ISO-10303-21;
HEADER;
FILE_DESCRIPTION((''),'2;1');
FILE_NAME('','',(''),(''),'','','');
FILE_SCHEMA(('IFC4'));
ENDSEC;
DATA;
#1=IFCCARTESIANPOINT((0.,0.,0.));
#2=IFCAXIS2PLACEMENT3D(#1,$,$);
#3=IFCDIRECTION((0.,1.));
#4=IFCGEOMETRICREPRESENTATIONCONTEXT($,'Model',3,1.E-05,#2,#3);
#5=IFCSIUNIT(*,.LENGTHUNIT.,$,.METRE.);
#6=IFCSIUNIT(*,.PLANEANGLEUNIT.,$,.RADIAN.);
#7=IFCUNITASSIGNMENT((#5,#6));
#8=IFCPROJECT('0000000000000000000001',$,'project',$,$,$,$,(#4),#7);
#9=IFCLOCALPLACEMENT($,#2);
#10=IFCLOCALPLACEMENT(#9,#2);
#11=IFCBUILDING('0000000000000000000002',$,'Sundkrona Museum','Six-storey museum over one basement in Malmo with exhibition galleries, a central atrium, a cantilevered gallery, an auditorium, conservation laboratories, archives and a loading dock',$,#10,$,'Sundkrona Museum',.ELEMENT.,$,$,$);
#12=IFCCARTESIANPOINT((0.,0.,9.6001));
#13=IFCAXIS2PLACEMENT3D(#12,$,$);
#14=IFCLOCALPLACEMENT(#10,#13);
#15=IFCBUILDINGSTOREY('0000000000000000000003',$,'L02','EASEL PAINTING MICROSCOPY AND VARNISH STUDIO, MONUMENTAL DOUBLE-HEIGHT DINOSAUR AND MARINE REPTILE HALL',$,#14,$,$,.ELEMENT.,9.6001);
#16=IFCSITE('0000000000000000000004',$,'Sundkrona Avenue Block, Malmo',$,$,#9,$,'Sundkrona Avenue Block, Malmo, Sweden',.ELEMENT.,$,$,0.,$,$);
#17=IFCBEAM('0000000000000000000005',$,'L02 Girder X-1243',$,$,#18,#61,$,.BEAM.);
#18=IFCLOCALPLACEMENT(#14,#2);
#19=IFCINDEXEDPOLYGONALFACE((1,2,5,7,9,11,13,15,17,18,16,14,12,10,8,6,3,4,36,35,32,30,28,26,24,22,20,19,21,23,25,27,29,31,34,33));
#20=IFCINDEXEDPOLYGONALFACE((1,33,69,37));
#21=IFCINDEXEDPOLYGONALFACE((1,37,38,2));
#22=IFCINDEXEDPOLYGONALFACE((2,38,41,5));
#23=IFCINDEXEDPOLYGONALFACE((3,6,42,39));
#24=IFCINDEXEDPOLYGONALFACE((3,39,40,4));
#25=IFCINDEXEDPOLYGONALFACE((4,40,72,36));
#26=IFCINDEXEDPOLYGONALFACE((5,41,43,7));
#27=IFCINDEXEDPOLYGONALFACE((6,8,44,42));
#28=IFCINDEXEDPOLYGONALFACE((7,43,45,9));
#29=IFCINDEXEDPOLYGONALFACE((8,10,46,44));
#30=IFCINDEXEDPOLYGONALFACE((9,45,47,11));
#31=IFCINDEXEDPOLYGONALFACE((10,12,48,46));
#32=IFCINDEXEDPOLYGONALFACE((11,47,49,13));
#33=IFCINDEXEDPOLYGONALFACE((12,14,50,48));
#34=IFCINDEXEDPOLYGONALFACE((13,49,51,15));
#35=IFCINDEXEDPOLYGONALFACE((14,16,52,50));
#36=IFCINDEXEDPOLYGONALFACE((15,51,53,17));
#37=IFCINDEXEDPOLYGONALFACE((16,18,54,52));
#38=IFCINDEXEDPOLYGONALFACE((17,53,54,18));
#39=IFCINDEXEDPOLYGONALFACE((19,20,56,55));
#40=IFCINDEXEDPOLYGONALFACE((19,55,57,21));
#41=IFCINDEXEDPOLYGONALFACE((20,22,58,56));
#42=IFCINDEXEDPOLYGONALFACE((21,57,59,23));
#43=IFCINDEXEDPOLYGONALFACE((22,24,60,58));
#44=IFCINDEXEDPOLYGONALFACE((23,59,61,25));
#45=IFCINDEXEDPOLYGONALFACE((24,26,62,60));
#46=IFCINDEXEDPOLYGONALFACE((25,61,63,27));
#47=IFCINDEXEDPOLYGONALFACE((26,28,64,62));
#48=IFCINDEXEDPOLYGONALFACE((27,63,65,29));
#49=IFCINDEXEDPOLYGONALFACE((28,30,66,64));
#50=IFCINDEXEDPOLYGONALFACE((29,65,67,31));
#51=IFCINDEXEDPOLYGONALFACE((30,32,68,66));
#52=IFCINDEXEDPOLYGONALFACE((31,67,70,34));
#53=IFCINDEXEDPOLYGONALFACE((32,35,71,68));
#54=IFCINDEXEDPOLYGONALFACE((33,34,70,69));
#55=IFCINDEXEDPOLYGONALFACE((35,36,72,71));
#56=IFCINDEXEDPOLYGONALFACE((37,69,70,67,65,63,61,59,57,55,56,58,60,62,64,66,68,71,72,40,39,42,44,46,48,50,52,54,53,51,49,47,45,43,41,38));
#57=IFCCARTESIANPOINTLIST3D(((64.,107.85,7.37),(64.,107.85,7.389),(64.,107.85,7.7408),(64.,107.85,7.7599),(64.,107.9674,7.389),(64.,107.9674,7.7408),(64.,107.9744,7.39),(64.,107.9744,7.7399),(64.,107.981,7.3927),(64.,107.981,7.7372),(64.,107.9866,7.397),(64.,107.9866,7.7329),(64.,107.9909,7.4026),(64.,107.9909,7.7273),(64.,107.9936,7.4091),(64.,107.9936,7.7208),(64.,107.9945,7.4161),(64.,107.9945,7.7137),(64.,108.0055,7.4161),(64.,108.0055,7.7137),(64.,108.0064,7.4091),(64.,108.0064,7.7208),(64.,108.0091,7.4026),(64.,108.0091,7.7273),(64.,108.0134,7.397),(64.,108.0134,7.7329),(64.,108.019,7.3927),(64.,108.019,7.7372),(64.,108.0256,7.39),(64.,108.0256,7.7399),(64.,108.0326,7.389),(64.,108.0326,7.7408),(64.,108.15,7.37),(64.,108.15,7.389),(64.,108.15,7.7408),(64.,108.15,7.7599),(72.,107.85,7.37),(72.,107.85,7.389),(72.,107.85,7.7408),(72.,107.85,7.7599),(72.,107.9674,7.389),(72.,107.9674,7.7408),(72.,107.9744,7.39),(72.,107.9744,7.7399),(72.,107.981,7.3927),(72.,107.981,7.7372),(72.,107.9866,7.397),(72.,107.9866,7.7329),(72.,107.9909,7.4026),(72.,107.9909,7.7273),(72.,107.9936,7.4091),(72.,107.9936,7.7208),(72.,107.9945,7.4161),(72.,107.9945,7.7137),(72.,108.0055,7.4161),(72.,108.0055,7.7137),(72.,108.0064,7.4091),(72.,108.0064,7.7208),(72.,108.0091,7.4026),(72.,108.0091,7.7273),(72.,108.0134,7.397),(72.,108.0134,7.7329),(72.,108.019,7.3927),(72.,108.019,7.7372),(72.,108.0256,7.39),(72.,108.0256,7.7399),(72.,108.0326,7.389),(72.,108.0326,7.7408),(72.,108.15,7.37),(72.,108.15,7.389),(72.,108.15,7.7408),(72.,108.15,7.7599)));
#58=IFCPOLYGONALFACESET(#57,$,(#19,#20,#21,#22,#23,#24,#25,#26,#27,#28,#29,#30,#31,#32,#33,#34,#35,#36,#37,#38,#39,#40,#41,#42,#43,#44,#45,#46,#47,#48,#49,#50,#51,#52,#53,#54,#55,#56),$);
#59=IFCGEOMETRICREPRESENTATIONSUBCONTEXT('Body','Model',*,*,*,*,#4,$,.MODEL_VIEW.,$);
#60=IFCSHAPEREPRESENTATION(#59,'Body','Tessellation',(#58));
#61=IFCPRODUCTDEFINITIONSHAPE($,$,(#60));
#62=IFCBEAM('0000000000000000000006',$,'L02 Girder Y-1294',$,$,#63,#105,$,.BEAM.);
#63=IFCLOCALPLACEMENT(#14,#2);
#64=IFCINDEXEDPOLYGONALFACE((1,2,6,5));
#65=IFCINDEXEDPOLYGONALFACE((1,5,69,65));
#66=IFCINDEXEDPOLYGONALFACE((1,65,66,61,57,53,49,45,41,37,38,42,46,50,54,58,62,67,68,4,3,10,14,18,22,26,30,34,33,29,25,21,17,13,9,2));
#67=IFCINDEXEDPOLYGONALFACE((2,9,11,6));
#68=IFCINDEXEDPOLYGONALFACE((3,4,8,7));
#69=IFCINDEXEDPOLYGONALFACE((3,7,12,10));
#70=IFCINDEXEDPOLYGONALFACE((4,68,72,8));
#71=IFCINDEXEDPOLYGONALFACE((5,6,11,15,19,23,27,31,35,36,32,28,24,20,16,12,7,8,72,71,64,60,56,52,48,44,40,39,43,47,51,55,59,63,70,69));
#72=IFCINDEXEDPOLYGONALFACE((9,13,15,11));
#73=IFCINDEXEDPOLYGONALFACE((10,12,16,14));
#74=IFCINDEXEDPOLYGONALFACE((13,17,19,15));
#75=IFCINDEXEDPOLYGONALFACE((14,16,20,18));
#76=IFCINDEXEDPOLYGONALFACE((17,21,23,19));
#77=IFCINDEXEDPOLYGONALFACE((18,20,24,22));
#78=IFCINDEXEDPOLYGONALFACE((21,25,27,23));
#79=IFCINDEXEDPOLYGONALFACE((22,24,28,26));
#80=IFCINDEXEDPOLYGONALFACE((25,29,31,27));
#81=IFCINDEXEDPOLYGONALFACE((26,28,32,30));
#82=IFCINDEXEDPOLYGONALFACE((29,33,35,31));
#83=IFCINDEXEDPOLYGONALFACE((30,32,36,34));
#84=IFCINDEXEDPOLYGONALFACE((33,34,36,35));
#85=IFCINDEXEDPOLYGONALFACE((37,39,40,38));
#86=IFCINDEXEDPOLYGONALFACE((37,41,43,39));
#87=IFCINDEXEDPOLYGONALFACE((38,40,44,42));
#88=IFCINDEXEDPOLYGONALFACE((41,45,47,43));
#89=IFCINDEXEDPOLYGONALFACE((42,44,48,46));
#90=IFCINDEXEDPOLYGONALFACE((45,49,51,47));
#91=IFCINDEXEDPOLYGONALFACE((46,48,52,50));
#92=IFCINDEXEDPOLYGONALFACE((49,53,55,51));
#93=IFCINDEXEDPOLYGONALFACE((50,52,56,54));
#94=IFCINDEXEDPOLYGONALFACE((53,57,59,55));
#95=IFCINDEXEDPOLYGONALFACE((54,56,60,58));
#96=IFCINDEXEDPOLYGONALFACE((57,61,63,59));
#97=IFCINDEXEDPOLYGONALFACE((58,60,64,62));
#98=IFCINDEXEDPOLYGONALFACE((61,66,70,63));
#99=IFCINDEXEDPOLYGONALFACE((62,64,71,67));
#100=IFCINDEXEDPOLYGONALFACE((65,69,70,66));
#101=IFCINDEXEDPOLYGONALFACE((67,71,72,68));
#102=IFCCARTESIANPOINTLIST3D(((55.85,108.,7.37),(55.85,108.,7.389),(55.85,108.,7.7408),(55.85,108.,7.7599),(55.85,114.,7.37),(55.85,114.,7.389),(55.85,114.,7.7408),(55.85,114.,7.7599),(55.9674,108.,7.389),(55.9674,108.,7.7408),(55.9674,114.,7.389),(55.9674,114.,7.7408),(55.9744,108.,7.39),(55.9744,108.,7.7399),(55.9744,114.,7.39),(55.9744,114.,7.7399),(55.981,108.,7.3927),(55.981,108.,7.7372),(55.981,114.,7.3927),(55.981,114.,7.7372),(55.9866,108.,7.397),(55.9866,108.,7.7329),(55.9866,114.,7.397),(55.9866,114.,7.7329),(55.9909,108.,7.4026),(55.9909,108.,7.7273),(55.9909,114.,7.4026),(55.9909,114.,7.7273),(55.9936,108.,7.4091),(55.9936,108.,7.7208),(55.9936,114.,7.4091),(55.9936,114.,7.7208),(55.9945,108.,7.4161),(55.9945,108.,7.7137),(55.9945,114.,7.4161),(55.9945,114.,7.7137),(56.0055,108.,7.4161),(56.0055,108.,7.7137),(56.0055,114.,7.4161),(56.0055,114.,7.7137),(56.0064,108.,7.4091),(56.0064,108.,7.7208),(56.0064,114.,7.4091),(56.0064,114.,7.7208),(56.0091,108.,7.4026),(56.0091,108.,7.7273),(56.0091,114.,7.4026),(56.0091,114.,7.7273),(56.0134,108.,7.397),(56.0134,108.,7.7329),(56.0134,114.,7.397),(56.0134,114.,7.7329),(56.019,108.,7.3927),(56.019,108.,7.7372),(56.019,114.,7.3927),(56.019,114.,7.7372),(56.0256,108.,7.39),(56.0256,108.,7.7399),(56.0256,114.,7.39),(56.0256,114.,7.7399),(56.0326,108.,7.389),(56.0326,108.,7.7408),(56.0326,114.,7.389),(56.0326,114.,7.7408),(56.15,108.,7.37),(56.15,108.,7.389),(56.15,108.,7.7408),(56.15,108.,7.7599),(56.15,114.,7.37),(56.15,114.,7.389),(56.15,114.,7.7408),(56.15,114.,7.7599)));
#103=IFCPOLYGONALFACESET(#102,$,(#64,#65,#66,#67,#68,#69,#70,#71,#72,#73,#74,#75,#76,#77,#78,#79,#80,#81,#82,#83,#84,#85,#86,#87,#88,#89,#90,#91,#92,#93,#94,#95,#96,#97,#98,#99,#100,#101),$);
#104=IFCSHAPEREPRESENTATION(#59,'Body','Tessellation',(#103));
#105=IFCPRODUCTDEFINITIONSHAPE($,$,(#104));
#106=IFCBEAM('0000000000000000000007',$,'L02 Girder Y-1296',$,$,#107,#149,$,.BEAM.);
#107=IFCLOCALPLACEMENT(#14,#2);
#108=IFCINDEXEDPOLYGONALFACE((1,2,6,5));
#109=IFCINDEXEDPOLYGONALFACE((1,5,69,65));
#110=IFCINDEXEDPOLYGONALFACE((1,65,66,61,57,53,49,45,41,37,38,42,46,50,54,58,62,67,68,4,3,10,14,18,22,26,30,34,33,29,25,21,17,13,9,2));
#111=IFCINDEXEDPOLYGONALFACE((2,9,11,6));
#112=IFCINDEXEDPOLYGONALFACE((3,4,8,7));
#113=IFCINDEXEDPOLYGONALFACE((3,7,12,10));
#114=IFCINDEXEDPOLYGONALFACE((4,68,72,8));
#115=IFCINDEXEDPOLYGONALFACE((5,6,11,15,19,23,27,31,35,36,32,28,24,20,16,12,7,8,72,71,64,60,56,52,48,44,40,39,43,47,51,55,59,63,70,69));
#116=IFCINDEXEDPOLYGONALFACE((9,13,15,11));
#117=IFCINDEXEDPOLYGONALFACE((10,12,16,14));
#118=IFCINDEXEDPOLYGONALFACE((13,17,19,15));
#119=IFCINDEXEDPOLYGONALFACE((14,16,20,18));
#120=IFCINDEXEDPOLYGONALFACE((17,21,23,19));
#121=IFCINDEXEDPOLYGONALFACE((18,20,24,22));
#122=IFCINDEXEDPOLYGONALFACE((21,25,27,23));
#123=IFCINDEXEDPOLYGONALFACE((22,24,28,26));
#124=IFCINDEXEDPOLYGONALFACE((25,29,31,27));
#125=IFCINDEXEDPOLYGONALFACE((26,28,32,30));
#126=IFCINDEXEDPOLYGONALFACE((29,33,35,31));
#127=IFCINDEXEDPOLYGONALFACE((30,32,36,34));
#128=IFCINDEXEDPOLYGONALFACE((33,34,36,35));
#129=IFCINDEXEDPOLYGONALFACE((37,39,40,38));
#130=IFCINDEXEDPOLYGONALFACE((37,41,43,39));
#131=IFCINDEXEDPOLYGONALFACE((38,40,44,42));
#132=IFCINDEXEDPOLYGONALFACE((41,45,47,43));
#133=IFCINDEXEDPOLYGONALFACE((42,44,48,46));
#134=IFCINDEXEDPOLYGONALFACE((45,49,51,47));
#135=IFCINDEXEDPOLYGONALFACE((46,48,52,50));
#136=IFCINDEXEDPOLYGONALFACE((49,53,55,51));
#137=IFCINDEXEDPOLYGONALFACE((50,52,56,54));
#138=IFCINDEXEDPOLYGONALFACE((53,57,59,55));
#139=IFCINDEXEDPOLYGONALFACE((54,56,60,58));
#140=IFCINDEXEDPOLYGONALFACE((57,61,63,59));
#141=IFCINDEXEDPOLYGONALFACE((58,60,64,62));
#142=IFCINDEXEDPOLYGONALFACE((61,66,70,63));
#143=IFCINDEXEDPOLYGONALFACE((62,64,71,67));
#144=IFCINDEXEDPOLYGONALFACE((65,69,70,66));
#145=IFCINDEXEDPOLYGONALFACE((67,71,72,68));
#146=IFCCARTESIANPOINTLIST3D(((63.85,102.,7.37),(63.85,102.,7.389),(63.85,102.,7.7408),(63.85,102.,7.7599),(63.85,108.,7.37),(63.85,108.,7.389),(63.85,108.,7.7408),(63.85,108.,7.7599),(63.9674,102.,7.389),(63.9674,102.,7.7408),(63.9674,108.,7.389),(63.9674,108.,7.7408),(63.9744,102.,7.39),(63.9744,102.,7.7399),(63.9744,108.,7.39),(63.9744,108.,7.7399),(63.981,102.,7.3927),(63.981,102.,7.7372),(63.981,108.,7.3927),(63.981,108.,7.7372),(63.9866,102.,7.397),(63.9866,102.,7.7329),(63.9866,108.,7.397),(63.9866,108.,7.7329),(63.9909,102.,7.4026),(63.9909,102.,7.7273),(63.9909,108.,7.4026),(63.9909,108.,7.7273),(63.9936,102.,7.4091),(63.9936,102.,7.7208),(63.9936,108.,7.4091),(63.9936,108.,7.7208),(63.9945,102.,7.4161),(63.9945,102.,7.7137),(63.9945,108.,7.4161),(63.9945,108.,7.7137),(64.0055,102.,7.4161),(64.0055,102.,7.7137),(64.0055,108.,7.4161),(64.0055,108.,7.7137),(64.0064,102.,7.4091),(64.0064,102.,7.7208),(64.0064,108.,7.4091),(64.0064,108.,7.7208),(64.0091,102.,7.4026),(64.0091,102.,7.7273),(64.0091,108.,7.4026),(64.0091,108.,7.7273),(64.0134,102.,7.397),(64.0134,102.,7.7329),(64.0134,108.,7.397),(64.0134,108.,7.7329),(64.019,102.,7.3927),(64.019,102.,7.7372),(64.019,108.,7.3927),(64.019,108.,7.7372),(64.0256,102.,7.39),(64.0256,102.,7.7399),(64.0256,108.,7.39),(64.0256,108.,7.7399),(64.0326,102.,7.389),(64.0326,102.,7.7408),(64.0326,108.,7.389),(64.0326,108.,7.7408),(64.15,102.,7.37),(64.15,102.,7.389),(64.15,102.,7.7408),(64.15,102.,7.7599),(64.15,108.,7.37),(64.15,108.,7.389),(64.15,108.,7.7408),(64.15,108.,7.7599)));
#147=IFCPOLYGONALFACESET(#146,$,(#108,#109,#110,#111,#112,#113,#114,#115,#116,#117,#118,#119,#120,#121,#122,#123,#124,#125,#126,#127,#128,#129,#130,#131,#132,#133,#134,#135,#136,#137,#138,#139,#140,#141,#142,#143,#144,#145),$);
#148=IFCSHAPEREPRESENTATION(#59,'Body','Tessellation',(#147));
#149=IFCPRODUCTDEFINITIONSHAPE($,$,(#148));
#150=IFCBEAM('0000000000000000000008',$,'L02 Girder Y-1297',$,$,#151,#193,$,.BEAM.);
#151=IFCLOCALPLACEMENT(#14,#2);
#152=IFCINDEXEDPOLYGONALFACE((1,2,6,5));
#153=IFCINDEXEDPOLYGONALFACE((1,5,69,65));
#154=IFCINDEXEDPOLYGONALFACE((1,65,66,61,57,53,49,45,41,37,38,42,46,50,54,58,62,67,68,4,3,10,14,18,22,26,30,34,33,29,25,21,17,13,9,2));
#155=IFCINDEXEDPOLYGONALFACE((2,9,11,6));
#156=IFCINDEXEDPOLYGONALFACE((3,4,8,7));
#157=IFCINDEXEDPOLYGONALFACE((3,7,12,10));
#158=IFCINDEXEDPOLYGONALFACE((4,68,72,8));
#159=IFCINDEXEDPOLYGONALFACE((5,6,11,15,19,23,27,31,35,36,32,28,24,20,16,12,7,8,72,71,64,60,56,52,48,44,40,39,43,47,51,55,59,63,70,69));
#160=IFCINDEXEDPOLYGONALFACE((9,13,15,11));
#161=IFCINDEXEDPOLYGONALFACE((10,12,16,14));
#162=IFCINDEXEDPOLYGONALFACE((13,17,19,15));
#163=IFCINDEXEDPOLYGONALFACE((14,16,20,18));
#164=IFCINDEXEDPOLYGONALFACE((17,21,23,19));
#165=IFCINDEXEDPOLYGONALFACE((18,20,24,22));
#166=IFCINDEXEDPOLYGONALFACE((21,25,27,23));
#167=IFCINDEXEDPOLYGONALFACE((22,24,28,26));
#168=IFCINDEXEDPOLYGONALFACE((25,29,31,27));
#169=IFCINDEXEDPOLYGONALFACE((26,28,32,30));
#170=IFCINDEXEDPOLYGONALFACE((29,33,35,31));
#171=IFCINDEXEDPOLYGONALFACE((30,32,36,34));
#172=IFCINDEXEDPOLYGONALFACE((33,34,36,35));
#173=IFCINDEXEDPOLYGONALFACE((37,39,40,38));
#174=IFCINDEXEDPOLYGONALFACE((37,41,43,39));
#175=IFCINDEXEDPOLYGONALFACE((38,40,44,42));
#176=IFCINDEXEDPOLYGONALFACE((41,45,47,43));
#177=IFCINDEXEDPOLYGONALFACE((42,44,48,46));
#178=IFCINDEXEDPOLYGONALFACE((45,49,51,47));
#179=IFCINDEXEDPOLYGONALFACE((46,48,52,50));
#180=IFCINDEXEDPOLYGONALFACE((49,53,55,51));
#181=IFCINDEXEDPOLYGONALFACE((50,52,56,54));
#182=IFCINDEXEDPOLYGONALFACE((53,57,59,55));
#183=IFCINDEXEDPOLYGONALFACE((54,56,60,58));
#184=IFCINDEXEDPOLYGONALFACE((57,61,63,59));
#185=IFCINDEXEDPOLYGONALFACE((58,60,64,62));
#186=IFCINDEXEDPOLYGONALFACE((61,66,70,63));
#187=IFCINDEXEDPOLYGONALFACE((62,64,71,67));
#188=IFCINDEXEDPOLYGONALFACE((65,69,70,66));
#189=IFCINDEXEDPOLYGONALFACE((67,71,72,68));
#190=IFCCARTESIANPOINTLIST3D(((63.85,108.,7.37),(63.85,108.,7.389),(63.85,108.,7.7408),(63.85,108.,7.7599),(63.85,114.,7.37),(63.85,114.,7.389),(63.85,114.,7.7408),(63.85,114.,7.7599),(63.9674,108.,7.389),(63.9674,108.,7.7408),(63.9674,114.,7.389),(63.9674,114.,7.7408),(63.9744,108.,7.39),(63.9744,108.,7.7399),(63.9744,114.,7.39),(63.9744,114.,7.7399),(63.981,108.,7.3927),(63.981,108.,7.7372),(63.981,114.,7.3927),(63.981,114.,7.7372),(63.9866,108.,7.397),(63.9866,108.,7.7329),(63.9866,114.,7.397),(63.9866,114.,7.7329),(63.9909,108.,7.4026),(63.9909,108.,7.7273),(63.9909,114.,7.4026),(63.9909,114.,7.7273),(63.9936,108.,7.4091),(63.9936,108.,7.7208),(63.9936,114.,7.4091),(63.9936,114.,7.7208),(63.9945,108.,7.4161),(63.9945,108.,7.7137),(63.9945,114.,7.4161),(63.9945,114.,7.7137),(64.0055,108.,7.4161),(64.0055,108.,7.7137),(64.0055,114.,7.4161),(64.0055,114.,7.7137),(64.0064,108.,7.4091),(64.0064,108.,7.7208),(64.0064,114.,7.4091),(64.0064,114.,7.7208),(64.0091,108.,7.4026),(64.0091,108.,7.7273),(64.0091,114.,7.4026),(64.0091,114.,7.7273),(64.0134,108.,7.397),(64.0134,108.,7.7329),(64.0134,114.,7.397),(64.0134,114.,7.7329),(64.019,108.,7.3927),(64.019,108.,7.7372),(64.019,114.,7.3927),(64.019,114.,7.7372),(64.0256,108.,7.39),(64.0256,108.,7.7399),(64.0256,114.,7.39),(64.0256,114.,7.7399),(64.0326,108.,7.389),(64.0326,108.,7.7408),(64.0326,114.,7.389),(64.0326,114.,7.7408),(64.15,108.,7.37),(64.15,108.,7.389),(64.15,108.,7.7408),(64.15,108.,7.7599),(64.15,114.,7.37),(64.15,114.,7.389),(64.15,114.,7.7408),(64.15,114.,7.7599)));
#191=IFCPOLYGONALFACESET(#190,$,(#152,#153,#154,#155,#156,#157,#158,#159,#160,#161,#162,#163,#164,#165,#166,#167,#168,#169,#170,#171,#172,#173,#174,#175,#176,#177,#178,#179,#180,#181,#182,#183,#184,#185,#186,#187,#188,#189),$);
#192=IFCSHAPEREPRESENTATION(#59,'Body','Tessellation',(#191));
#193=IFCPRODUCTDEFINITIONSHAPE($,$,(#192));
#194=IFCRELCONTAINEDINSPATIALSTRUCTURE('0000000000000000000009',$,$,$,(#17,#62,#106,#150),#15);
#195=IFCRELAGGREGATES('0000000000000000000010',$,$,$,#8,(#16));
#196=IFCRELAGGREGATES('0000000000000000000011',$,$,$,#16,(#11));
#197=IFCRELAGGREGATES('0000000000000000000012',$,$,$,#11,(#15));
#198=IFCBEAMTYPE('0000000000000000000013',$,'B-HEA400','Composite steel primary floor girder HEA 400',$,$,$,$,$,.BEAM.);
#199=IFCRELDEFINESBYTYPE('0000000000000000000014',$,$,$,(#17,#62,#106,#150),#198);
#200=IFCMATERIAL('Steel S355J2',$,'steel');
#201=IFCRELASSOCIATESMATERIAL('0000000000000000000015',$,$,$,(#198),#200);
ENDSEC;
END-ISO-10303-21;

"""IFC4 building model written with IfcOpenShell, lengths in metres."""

from ifc_helpers import new_model, si_unit, direction, frame, origin, origin_2d, place, context, subcontext, project, spatial, i_section, extrude, material, material_profile, profile_set, type_object, element, save


model = new_model("IFC4")

# Units and contexts
model_context = context("Model", 3, precision=1e-05, world=origin(), true_north=direction((0.0, 1.0)))
body_context = subcontext(model_context, "Body", "Model", "MODEL_VIEW")
ifc_project = project(units=[si_unit("LENGTHUNIT", "METRE"), si_unit("PLANEANGLEUNIT", "RADIAN")], contexts=[model_context])

# Site, building, storey
site_placement = place(None, origin())
site = spatial("IfcSite", under=ifc_project, at=site_placement, Name="Sundkrona Avenue Block, Malmo", LongName="Sundkrona Avenue Block, Malmo, Sweden", CompositionType="ELEMENT", RefElevation=0.0)
building_placement = place(site_placement, origin())
building = spatial("IfcBuilding", under=site, at=building_placement, Name="Sundkrona Museum", Description="Six-storey museum over one basement in Malmo with exhibition galleries, a central atrium, a cantilevered gallery, an auditorium, conservation laboratories, archives and a loading dock", LongName="Sundkrona Museum", CompositionType="ELEMENT")
storey_placement = place(building_placement, frame((0.0, 0.0, 9.6001)))
storey = spatial("IfcBuildingStorey", under=building, at=storey_placement, Name="L02", Description="EASEL PAINTING MICROSCOPY AND VARNISH STUDIO, MONUMENTAL DOUBLE-HEIGHT DINOSAUR AND MARINE REPTILE HALL", CompositionType="ELEMENT", Elevation=9.6001)

# Shared definitions
ifc_material_1 = material(Name="Steel S355J2", Category="steel")

# Beams
ifc_material_profile_1 = material_profile(ifc_material_1, i_section(OverallWidth=0.3, OverallDepth=0.3899, WebThickness=0.011, FlangeThickness=0.019, FilletRadius=0.0271, at=origin_2d()), Name="HEA 400")
ifc_profile_set_1 = profile_set([ifc_material_profile_1], Name="Steel S355J2")
beam_type_1 = type_object("IfcBeamType", Name="B-HEA400", Description="Composite steel primary floor girder HEA 400", PredefinedType="BEAM", material=ifc_profile_set_1)
beam_1_placement = place(storey_placement, frame((64.0, 108.0, 7.5649), z_axis=(1.0, 0.0, 0.0), x_axis=(0.0, 1.0, 0.0)))
element("IfcBeam", 1, at=beam_1_placement, inside=storey, type_object=beam_type_1, Name="L02 Girder X-1243", PredefinedType="BEAM", context=body_context, shape_type="SweptSolid", body=[
    extrude(i_section(OverallWidth=0.3, OverallDepth=0.3899, WebThickness=0.011, FlangeThickness=0.019, FilletRadius=0.0271, at=origin_2d()), origin(), (0.0, 0.0, 1.0), 8.0),
])
for number, where, z_axis, x_axis, name in (
    (2, (56.0, 108.0, 7.5649), (0.0, 1.0, 0.0), (-1.0, 0.0, 0.0), "L02 Girder Y-1294"),
    (3, (64.0, 102.0, 7.5649), (0.0, 1.0, 0.0), (-1.0, 0.0, 0.0), "L02 Girder Y-1296"),
    (4, (64.0, 108.0, 7.5649), (0.0, 1.0, 0.0), (-1.0, 0.0, 0.0), "L02 Girder Y-1297"),
):
    element("IfcBeam", number, at=place(storey_placement, frame(where, z_axis=z_axis, x_axis=x_axis)), inside=storey, type_object=beam_type_1, Name=name, PredefinedType="BEAM", context=body_context, shape_type="SweptSolid", body=[
        extrude(i_section(OverallWidth=0.3, OverallDepth=0.3899, WebThickness=0.011, FlangeThickness=0.019, FilletRadius=0.0271, at=origin_2d()), origin(), (0.0, 0.0, 1.0), 6.0),
    ])

save(model, "model.ifc")
